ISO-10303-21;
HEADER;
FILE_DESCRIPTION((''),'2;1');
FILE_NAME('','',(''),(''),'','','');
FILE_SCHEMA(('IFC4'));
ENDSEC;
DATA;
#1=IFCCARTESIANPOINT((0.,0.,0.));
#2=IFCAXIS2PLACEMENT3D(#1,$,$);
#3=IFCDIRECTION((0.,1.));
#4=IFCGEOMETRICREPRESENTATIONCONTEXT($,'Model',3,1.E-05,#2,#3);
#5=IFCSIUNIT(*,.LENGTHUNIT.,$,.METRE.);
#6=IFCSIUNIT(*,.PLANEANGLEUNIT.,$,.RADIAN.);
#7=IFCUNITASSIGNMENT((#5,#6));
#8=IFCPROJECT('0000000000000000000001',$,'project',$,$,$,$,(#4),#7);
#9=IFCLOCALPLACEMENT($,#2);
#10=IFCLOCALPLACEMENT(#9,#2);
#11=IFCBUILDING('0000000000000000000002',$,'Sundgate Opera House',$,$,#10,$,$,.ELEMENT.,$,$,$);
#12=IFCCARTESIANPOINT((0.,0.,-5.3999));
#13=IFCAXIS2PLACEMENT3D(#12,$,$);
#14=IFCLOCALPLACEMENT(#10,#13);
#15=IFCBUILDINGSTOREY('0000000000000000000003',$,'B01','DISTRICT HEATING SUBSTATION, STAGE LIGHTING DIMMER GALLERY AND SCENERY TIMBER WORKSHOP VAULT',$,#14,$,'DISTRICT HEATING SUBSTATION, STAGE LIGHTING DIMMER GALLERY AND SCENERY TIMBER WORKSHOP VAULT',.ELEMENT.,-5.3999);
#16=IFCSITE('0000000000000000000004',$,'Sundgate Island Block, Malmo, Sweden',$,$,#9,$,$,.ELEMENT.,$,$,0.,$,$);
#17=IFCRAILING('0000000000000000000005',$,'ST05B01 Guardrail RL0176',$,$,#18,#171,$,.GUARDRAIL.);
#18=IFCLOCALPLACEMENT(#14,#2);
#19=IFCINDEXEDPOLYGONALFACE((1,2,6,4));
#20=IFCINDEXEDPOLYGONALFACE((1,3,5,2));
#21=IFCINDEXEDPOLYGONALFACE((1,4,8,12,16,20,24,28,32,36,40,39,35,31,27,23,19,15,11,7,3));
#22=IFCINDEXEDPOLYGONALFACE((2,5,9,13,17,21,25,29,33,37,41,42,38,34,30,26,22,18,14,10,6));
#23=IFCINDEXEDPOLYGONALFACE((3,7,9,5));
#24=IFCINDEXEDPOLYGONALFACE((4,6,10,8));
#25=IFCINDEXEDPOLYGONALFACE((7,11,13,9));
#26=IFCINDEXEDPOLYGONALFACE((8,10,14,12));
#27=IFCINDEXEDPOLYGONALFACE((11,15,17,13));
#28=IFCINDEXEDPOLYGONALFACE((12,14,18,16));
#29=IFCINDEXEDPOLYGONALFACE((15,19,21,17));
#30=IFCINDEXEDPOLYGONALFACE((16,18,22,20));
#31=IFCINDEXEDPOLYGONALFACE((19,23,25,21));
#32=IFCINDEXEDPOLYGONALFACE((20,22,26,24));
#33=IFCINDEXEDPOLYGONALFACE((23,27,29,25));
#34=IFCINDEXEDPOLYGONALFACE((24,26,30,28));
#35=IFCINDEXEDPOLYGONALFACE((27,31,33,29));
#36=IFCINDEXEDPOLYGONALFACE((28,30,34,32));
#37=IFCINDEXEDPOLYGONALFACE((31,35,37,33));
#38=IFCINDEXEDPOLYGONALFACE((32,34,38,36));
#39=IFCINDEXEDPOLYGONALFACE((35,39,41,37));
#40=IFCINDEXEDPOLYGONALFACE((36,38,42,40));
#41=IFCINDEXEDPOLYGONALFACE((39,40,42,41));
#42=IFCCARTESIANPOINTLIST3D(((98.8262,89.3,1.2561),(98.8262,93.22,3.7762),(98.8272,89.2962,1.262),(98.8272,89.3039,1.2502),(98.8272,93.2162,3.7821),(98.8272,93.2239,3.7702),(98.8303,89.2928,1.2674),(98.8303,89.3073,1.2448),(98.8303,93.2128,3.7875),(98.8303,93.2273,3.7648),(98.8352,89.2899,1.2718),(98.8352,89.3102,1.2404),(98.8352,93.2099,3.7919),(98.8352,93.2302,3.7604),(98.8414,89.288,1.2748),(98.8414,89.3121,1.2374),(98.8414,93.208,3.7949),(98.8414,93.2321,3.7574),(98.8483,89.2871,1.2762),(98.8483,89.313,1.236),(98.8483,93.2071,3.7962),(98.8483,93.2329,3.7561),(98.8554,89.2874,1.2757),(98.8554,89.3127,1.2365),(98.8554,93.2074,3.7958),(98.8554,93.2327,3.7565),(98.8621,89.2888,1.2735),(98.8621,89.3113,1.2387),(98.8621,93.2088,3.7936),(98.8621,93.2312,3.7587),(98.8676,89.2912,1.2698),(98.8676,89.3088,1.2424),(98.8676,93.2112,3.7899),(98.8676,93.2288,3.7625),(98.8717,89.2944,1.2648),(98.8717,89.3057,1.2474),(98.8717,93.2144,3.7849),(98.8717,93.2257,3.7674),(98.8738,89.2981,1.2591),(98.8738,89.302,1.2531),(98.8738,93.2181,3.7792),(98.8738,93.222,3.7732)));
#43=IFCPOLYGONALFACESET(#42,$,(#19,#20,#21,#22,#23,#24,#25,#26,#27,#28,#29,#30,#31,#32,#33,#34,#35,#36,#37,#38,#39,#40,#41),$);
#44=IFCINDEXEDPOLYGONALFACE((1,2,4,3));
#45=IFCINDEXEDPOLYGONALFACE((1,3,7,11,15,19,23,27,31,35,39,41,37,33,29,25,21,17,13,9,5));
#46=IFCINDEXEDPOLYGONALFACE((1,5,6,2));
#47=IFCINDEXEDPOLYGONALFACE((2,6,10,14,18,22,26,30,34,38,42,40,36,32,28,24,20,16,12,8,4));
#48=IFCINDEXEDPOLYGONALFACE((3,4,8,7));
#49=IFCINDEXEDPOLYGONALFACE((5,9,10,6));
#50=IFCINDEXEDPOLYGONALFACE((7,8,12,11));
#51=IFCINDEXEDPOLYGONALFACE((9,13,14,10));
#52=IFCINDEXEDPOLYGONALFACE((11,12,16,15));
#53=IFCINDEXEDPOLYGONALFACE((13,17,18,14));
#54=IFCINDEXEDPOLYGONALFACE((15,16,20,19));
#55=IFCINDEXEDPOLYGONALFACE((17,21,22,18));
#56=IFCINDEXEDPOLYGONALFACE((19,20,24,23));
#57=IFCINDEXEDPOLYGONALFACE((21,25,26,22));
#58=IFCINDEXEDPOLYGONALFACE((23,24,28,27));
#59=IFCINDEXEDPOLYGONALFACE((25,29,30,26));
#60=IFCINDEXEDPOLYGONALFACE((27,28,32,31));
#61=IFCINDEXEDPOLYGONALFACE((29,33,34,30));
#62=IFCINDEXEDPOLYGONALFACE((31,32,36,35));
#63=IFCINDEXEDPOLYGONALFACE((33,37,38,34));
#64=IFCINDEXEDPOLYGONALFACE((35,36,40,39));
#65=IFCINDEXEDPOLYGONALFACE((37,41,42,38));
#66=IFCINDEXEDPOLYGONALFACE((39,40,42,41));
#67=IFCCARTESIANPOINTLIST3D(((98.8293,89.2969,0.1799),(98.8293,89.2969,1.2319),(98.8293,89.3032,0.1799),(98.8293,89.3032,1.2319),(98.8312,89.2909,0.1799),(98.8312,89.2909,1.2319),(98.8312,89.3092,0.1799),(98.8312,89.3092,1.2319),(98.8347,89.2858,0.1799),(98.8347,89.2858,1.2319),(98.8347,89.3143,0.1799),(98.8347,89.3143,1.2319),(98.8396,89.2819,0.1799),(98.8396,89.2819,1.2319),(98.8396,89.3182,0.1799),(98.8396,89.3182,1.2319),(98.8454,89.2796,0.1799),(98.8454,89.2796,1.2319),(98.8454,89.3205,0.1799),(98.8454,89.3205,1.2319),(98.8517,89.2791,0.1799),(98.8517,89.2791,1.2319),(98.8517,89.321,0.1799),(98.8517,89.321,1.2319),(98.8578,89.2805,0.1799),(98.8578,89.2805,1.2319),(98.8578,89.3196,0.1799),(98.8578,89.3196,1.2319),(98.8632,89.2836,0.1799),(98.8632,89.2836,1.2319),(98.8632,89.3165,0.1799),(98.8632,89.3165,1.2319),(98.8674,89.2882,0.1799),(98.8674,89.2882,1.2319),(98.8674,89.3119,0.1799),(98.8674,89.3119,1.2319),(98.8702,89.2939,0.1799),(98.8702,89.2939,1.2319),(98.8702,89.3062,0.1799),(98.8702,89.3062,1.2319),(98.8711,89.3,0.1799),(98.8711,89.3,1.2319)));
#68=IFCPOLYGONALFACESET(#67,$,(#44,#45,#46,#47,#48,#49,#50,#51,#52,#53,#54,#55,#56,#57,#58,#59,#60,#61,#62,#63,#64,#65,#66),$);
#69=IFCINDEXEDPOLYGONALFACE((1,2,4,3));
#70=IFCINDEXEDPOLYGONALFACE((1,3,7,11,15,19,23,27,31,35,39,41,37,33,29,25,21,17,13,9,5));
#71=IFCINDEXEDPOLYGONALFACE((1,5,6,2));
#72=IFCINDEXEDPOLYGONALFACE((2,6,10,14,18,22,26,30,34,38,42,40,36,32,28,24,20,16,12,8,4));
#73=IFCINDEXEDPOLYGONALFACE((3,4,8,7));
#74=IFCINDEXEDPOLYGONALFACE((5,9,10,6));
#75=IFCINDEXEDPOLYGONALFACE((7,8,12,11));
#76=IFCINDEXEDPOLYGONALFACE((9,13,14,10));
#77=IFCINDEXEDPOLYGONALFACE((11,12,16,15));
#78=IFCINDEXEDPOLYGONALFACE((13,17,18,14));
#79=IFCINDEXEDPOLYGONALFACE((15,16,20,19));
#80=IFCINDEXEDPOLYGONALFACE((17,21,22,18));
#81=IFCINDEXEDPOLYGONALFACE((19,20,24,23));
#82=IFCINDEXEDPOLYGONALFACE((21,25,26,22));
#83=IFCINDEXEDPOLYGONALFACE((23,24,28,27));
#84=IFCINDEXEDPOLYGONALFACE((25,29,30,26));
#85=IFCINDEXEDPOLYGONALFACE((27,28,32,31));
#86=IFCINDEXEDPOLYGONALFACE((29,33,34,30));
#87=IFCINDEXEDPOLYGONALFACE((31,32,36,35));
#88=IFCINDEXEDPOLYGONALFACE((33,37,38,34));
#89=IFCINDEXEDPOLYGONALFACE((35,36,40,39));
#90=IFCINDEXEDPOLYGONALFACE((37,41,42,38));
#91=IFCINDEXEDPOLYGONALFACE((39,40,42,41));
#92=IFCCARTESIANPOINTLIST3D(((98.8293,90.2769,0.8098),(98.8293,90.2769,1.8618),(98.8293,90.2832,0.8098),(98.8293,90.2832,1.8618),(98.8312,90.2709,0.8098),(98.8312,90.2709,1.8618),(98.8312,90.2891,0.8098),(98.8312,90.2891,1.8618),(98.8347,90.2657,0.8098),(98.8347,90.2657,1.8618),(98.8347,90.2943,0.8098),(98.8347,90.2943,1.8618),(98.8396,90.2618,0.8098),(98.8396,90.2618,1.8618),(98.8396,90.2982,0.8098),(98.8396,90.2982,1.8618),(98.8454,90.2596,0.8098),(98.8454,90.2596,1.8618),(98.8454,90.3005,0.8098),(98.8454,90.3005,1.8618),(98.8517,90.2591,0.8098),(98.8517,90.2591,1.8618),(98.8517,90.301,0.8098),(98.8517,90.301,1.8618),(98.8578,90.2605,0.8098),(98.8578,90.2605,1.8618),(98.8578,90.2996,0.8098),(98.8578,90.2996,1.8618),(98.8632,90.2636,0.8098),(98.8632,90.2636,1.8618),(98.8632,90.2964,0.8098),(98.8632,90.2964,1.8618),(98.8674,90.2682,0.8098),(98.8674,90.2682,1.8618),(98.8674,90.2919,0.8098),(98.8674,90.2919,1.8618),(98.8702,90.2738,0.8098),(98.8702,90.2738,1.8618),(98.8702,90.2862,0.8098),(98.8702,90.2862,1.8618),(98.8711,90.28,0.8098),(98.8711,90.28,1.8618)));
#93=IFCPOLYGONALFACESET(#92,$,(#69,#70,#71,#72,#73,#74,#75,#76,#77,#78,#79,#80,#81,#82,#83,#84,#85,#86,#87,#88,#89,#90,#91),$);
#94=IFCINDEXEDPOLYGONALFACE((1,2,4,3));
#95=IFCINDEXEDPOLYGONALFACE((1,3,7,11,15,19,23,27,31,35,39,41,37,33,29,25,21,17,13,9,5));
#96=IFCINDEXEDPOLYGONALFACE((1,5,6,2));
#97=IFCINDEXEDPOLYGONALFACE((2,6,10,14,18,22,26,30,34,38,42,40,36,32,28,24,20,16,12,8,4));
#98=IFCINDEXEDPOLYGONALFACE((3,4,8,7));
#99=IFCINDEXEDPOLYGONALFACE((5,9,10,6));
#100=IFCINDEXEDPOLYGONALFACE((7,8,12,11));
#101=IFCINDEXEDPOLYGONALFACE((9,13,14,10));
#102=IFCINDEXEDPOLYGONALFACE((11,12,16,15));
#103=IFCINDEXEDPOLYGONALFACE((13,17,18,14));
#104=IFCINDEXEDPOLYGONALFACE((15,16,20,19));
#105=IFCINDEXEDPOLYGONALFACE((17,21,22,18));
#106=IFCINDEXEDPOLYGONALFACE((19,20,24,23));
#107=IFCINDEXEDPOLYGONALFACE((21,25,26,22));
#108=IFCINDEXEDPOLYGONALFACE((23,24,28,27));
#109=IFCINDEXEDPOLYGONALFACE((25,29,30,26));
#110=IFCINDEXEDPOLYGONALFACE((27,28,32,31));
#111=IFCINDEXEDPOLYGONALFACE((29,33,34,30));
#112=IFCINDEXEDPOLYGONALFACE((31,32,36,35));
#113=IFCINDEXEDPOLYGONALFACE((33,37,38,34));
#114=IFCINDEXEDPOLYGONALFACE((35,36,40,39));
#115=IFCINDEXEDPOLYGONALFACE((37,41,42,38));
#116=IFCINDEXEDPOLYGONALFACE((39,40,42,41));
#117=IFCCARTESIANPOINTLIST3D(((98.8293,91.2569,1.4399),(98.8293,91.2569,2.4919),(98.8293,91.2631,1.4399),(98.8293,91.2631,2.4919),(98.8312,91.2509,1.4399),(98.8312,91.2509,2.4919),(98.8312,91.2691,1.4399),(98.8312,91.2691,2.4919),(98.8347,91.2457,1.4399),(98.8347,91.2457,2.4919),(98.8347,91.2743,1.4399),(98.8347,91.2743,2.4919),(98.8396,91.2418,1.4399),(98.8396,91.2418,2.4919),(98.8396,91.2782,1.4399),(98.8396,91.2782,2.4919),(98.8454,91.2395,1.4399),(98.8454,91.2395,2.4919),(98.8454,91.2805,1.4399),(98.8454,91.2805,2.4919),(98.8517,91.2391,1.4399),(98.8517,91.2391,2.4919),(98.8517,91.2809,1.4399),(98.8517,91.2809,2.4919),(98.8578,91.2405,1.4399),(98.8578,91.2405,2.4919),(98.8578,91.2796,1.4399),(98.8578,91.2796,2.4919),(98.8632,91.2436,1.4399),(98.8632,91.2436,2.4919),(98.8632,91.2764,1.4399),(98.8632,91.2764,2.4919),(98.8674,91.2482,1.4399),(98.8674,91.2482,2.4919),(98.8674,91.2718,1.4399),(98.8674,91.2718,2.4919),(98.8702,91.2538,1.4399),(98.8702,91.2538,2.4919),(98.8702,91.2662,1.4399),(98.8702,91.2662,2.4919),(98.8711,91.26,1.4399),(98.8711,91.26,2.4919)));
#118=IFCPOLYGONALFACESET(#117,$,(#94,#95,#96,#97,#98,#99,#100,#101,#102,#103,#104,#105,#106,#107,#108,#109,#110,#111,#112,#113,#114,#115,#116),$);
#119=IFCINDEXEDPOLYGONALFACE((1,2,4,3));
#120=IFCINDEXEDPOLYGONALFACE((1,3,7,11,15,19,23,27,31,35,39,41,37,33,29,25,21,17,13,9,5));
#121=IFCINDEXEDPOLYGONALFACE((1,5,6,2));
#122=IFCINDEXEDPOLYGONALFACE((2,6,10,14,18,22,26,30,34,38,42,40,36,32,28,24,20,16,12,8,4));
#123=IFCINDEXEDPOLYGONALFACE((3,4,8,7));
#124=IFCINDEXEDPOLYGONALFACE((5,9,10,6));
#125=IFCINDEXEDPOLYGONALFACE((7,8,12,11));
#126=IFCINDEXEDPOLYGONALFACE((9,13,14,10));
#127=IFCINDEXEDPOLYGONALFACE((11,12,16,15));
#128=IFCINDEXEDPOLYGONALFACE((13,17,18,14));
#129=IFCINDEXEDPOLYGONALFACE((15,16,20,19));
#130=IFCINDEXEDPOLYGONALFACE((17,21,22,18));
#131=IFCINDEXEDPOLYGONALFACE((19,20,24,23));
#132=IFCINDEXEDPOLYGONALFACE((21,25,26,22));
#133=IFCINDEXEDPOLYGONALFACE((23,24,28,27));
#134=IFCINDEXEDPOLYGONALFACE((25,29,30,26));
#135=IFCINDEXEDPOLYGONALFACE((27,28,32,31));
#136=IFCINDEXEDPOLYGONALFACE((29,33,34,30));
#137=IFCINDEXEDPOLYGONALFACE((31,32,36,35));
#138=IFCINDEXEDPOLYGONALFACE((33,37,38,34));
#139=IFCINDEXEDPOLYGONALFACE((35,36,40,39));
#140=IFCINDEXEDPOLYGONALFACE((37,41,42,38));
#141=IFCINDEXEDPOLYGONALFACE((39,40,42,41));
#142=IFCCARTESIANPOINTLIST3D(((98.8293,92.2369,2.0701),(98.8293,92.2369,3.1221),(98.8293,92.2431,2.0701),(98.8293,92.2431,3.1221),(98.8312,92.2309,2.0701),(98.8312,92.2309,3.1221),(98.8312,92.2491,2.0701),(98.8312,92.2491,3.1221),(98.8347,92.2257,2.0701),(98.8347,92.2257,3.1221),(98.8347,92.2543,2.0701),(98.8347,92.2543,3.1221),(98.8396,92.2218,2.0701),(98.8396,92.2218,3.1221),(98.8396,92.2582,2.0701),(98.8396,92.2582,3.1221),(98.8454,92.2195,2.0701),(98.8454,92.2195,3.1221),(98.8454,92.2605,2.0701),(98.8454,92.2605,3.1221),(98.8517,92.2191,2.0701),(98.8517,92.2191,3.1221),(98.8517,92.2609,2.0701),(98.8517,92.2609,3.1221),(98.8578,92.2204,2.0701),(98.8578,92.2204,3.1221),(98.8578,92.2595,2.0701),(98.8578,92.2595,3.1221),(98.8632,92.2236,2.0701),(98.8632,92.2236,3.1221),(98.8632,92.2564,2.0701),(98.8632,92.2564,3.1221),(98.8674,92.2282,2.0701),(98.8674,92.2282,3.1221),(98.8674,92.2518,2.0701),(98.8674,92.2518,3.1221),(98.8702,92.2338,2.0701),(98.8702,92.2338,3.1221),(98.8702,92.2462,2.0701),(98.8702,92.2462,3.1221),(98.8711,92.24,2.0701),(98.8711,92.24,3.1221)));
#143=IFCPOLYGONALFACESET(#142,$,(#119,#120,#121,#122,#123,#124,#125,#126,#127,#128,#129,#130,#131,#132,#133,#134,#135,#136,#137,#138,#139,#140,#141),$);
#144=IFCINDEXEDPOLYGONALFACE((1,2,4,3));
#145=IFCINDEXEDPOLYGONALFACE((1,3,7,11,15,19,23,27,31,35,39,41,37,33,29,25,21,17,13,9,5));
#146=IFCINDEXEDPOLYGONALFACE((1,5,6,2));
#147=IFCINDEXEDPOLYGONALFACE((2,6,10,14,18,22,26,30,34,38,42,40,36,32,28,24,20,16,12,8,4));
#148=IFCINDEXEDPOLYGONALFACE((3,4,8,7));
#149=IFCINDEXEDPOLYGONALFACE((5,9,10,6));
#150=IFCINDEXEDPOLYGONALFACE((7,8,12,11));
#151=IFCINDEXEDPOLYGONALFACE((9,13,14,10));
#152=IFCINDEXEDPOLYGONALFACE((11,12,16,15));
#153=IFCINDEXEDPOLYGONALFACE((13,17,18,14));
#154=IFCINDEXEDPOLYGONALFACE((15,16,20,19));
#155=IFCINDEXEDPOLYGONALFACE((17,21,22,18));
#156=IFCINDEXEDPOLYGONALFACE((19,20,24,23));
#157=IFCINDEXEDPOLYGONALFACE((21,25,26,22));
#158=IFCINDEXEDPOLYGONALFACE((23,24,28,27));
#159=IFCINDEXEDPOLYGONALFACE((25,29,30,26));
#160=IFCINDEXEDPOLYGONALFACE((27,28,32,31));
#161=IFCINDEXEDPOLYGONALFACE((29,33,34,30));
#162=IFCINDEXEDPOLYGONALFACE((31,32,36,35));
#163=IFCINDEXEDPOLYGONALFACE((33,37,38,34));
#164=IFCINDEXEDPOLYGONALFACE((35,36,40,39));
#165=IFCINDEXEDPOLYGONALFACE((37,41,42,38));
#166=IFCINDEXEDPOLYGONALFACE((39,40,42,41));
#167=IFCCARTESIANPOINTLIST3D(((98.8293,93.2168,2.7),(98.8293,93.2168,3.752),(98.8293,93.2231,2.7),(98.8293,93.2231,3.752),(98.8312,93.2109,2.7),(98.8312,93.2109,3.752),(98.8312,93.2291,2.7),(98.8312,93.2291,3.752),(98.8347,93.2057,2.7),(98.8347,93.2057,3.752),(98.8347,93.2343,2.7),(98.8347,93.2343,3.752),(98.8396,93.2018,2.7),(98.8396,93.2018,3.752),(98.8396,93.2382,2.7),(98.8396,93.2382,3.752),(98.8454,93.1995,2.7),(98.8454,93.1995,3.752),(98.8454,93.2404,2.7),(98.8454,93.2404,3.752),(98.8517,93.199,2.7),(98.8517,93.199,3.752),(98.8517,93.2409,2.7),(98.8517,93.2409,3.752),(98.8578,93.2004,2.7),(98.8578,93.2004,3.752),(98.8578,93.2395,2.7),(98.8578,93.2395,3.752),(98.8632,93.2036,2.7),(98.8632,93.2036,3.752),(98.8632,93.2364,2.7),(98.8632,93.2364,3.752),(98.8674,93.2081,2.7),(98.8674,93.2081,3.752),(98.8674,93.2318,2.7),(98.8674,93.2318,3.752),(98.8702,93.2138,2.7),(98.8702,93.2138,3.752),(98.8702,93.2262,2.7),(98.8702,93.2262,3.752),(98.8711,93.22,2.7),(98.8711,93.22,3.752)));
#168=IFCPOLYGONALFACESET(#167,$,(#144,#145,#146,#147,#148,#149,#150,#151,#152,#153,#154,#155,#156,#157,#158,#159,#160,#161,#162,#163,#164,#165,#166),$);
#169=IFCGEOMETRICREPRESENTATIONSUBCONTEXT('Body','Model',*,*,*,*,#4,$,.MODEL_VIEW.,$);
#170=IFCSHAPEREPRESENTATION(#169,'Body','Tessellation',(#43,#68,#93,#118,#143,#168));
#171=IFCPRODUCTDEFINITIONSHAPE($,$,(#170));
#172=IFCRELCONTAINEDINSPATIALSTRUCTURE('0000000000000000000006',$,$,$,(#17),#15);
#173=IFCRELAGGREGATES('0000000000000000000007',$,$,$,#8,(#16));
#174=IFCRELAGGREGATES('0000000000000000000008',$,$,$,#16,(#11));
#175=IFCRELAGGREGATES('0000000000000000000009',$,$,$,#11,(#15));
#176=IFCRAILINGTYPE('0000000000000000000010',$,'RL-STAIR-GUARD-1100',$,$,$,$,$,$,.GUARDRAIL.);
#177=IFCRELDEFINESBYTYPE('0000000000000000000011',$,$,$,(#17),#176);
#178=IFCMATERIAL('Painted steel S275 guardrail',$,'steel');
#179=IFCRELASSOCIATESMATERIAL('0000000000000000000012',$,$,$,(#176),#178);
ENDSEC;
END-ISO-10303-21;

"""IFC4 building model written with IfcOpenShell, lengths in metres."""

from ifc_helpers import new_model, si_unit, direction, frame, origin, origin_2d, place, context, subcontext, project, spatial, circle, extrude, material, type_object, element, save


model = new_model("IFC4")

# Units and contexts
model_context = context("Model", 3, precision=1e-05, world=origin(), true_north=direction((0.0, 1.0)))
body_context = subcontext(model_context, "Body", "Model", "MODEL_VIEW")
ifc_project = project(units=[si_unit("LENGTHUNIT", "METRE"), si_unit("PLANEANGLEUNIT", "RADIAN")], contexts=[model_context])

# Site, building, storey
site_placement = place(None, origin())
site = spatial("IfcSite", under=ifc_project, at=site_placement, Name="Sundgate Island Block, Malmo, Sweden", CompositionType="ELEMENT", RefElevation=0.0)
building_placement = place(site_placement, origin())
building = spatial("IfcBuilding", under=site, at=building_placement, Name="Sundgate Opera House", CompositionType="ELEMENT")
storey_placement = place(building_placement, frame((0.0, 0.0, -5.3999)))
storey = spatial("IfcBuildingStorey", under=building, at=storey_placement, Name="B01", Description="DISTRICT HEATING SUBSTATION, STAGE LIGHTING DIMMER GALLERY AND SCENERY TIMBER WORKSHOP VAULT", LongName="DISTRICT HEATING SUBSTATION, STAGE LIGHTING DIMMER GALLERY AND SCENERY TIMBER WORKSHOP VAULT", CompositionType="ELEMENT", Elevation=-5.3999)

# Railing
ifc_material_1 = material(Name="Painted steel S275 guardrail", Category="steel")
railing_type_1 = type_object("IfcRailingType", Name="RL-STAIR-GUARD-1100", PredefinedType="GUARDRAIL", material=ifc_material_1)
railing_1_placement = place(storey_placement, frame((98.8501, 89.3, 0.1799)))
element("IfcRailing", 1, at=railing_1_placement, inside=storey, type_object=railing_type_1, Name="ST05B01 Guardrail RL0176", PredefinedType="GUARDRAIL", context=body_context, shape_type="SweptSolid", body=[
    extrude(circle(Radius=0.0239, at=origin_2d()), frame((0.0, 0.0, 1.0762), z_axis=(0.0, 0.841172, 0.540768), x_axis=(-1.0, 0.0, 0.0)), (0.0, 0.0, 1.0), 4.6602),
    extrude(circle(Radius=0.021, at=origin_2d()), origin(), (0.0, 0.0, 1.0), 1.052),
    extrude(circle(Radius=0.021, at=origin_2d()), frame((0.0, 0.98, 0.6299)), (0.0, 0.0, 1.0), 1.052),
    extrude(circle(Radius=0.021, at=origin_2d()), frame((0.0, 1.96, 1.26)), (0.0, 0.0, 1.0), 1.052),
    extrude(circle(Radius=0.021, at=origin_2d()), frame((0.0, 2.9399, 1.8901)), (0.0, 0.0, 1.0), 1.052),
    extrude(circle(Radius=0.021, at=origin_2d()), frame((0.0, 3.9199, 2.52)), (0.0, 0.0, 1.0), 1.052),
])

save(model, "model.ifc")
